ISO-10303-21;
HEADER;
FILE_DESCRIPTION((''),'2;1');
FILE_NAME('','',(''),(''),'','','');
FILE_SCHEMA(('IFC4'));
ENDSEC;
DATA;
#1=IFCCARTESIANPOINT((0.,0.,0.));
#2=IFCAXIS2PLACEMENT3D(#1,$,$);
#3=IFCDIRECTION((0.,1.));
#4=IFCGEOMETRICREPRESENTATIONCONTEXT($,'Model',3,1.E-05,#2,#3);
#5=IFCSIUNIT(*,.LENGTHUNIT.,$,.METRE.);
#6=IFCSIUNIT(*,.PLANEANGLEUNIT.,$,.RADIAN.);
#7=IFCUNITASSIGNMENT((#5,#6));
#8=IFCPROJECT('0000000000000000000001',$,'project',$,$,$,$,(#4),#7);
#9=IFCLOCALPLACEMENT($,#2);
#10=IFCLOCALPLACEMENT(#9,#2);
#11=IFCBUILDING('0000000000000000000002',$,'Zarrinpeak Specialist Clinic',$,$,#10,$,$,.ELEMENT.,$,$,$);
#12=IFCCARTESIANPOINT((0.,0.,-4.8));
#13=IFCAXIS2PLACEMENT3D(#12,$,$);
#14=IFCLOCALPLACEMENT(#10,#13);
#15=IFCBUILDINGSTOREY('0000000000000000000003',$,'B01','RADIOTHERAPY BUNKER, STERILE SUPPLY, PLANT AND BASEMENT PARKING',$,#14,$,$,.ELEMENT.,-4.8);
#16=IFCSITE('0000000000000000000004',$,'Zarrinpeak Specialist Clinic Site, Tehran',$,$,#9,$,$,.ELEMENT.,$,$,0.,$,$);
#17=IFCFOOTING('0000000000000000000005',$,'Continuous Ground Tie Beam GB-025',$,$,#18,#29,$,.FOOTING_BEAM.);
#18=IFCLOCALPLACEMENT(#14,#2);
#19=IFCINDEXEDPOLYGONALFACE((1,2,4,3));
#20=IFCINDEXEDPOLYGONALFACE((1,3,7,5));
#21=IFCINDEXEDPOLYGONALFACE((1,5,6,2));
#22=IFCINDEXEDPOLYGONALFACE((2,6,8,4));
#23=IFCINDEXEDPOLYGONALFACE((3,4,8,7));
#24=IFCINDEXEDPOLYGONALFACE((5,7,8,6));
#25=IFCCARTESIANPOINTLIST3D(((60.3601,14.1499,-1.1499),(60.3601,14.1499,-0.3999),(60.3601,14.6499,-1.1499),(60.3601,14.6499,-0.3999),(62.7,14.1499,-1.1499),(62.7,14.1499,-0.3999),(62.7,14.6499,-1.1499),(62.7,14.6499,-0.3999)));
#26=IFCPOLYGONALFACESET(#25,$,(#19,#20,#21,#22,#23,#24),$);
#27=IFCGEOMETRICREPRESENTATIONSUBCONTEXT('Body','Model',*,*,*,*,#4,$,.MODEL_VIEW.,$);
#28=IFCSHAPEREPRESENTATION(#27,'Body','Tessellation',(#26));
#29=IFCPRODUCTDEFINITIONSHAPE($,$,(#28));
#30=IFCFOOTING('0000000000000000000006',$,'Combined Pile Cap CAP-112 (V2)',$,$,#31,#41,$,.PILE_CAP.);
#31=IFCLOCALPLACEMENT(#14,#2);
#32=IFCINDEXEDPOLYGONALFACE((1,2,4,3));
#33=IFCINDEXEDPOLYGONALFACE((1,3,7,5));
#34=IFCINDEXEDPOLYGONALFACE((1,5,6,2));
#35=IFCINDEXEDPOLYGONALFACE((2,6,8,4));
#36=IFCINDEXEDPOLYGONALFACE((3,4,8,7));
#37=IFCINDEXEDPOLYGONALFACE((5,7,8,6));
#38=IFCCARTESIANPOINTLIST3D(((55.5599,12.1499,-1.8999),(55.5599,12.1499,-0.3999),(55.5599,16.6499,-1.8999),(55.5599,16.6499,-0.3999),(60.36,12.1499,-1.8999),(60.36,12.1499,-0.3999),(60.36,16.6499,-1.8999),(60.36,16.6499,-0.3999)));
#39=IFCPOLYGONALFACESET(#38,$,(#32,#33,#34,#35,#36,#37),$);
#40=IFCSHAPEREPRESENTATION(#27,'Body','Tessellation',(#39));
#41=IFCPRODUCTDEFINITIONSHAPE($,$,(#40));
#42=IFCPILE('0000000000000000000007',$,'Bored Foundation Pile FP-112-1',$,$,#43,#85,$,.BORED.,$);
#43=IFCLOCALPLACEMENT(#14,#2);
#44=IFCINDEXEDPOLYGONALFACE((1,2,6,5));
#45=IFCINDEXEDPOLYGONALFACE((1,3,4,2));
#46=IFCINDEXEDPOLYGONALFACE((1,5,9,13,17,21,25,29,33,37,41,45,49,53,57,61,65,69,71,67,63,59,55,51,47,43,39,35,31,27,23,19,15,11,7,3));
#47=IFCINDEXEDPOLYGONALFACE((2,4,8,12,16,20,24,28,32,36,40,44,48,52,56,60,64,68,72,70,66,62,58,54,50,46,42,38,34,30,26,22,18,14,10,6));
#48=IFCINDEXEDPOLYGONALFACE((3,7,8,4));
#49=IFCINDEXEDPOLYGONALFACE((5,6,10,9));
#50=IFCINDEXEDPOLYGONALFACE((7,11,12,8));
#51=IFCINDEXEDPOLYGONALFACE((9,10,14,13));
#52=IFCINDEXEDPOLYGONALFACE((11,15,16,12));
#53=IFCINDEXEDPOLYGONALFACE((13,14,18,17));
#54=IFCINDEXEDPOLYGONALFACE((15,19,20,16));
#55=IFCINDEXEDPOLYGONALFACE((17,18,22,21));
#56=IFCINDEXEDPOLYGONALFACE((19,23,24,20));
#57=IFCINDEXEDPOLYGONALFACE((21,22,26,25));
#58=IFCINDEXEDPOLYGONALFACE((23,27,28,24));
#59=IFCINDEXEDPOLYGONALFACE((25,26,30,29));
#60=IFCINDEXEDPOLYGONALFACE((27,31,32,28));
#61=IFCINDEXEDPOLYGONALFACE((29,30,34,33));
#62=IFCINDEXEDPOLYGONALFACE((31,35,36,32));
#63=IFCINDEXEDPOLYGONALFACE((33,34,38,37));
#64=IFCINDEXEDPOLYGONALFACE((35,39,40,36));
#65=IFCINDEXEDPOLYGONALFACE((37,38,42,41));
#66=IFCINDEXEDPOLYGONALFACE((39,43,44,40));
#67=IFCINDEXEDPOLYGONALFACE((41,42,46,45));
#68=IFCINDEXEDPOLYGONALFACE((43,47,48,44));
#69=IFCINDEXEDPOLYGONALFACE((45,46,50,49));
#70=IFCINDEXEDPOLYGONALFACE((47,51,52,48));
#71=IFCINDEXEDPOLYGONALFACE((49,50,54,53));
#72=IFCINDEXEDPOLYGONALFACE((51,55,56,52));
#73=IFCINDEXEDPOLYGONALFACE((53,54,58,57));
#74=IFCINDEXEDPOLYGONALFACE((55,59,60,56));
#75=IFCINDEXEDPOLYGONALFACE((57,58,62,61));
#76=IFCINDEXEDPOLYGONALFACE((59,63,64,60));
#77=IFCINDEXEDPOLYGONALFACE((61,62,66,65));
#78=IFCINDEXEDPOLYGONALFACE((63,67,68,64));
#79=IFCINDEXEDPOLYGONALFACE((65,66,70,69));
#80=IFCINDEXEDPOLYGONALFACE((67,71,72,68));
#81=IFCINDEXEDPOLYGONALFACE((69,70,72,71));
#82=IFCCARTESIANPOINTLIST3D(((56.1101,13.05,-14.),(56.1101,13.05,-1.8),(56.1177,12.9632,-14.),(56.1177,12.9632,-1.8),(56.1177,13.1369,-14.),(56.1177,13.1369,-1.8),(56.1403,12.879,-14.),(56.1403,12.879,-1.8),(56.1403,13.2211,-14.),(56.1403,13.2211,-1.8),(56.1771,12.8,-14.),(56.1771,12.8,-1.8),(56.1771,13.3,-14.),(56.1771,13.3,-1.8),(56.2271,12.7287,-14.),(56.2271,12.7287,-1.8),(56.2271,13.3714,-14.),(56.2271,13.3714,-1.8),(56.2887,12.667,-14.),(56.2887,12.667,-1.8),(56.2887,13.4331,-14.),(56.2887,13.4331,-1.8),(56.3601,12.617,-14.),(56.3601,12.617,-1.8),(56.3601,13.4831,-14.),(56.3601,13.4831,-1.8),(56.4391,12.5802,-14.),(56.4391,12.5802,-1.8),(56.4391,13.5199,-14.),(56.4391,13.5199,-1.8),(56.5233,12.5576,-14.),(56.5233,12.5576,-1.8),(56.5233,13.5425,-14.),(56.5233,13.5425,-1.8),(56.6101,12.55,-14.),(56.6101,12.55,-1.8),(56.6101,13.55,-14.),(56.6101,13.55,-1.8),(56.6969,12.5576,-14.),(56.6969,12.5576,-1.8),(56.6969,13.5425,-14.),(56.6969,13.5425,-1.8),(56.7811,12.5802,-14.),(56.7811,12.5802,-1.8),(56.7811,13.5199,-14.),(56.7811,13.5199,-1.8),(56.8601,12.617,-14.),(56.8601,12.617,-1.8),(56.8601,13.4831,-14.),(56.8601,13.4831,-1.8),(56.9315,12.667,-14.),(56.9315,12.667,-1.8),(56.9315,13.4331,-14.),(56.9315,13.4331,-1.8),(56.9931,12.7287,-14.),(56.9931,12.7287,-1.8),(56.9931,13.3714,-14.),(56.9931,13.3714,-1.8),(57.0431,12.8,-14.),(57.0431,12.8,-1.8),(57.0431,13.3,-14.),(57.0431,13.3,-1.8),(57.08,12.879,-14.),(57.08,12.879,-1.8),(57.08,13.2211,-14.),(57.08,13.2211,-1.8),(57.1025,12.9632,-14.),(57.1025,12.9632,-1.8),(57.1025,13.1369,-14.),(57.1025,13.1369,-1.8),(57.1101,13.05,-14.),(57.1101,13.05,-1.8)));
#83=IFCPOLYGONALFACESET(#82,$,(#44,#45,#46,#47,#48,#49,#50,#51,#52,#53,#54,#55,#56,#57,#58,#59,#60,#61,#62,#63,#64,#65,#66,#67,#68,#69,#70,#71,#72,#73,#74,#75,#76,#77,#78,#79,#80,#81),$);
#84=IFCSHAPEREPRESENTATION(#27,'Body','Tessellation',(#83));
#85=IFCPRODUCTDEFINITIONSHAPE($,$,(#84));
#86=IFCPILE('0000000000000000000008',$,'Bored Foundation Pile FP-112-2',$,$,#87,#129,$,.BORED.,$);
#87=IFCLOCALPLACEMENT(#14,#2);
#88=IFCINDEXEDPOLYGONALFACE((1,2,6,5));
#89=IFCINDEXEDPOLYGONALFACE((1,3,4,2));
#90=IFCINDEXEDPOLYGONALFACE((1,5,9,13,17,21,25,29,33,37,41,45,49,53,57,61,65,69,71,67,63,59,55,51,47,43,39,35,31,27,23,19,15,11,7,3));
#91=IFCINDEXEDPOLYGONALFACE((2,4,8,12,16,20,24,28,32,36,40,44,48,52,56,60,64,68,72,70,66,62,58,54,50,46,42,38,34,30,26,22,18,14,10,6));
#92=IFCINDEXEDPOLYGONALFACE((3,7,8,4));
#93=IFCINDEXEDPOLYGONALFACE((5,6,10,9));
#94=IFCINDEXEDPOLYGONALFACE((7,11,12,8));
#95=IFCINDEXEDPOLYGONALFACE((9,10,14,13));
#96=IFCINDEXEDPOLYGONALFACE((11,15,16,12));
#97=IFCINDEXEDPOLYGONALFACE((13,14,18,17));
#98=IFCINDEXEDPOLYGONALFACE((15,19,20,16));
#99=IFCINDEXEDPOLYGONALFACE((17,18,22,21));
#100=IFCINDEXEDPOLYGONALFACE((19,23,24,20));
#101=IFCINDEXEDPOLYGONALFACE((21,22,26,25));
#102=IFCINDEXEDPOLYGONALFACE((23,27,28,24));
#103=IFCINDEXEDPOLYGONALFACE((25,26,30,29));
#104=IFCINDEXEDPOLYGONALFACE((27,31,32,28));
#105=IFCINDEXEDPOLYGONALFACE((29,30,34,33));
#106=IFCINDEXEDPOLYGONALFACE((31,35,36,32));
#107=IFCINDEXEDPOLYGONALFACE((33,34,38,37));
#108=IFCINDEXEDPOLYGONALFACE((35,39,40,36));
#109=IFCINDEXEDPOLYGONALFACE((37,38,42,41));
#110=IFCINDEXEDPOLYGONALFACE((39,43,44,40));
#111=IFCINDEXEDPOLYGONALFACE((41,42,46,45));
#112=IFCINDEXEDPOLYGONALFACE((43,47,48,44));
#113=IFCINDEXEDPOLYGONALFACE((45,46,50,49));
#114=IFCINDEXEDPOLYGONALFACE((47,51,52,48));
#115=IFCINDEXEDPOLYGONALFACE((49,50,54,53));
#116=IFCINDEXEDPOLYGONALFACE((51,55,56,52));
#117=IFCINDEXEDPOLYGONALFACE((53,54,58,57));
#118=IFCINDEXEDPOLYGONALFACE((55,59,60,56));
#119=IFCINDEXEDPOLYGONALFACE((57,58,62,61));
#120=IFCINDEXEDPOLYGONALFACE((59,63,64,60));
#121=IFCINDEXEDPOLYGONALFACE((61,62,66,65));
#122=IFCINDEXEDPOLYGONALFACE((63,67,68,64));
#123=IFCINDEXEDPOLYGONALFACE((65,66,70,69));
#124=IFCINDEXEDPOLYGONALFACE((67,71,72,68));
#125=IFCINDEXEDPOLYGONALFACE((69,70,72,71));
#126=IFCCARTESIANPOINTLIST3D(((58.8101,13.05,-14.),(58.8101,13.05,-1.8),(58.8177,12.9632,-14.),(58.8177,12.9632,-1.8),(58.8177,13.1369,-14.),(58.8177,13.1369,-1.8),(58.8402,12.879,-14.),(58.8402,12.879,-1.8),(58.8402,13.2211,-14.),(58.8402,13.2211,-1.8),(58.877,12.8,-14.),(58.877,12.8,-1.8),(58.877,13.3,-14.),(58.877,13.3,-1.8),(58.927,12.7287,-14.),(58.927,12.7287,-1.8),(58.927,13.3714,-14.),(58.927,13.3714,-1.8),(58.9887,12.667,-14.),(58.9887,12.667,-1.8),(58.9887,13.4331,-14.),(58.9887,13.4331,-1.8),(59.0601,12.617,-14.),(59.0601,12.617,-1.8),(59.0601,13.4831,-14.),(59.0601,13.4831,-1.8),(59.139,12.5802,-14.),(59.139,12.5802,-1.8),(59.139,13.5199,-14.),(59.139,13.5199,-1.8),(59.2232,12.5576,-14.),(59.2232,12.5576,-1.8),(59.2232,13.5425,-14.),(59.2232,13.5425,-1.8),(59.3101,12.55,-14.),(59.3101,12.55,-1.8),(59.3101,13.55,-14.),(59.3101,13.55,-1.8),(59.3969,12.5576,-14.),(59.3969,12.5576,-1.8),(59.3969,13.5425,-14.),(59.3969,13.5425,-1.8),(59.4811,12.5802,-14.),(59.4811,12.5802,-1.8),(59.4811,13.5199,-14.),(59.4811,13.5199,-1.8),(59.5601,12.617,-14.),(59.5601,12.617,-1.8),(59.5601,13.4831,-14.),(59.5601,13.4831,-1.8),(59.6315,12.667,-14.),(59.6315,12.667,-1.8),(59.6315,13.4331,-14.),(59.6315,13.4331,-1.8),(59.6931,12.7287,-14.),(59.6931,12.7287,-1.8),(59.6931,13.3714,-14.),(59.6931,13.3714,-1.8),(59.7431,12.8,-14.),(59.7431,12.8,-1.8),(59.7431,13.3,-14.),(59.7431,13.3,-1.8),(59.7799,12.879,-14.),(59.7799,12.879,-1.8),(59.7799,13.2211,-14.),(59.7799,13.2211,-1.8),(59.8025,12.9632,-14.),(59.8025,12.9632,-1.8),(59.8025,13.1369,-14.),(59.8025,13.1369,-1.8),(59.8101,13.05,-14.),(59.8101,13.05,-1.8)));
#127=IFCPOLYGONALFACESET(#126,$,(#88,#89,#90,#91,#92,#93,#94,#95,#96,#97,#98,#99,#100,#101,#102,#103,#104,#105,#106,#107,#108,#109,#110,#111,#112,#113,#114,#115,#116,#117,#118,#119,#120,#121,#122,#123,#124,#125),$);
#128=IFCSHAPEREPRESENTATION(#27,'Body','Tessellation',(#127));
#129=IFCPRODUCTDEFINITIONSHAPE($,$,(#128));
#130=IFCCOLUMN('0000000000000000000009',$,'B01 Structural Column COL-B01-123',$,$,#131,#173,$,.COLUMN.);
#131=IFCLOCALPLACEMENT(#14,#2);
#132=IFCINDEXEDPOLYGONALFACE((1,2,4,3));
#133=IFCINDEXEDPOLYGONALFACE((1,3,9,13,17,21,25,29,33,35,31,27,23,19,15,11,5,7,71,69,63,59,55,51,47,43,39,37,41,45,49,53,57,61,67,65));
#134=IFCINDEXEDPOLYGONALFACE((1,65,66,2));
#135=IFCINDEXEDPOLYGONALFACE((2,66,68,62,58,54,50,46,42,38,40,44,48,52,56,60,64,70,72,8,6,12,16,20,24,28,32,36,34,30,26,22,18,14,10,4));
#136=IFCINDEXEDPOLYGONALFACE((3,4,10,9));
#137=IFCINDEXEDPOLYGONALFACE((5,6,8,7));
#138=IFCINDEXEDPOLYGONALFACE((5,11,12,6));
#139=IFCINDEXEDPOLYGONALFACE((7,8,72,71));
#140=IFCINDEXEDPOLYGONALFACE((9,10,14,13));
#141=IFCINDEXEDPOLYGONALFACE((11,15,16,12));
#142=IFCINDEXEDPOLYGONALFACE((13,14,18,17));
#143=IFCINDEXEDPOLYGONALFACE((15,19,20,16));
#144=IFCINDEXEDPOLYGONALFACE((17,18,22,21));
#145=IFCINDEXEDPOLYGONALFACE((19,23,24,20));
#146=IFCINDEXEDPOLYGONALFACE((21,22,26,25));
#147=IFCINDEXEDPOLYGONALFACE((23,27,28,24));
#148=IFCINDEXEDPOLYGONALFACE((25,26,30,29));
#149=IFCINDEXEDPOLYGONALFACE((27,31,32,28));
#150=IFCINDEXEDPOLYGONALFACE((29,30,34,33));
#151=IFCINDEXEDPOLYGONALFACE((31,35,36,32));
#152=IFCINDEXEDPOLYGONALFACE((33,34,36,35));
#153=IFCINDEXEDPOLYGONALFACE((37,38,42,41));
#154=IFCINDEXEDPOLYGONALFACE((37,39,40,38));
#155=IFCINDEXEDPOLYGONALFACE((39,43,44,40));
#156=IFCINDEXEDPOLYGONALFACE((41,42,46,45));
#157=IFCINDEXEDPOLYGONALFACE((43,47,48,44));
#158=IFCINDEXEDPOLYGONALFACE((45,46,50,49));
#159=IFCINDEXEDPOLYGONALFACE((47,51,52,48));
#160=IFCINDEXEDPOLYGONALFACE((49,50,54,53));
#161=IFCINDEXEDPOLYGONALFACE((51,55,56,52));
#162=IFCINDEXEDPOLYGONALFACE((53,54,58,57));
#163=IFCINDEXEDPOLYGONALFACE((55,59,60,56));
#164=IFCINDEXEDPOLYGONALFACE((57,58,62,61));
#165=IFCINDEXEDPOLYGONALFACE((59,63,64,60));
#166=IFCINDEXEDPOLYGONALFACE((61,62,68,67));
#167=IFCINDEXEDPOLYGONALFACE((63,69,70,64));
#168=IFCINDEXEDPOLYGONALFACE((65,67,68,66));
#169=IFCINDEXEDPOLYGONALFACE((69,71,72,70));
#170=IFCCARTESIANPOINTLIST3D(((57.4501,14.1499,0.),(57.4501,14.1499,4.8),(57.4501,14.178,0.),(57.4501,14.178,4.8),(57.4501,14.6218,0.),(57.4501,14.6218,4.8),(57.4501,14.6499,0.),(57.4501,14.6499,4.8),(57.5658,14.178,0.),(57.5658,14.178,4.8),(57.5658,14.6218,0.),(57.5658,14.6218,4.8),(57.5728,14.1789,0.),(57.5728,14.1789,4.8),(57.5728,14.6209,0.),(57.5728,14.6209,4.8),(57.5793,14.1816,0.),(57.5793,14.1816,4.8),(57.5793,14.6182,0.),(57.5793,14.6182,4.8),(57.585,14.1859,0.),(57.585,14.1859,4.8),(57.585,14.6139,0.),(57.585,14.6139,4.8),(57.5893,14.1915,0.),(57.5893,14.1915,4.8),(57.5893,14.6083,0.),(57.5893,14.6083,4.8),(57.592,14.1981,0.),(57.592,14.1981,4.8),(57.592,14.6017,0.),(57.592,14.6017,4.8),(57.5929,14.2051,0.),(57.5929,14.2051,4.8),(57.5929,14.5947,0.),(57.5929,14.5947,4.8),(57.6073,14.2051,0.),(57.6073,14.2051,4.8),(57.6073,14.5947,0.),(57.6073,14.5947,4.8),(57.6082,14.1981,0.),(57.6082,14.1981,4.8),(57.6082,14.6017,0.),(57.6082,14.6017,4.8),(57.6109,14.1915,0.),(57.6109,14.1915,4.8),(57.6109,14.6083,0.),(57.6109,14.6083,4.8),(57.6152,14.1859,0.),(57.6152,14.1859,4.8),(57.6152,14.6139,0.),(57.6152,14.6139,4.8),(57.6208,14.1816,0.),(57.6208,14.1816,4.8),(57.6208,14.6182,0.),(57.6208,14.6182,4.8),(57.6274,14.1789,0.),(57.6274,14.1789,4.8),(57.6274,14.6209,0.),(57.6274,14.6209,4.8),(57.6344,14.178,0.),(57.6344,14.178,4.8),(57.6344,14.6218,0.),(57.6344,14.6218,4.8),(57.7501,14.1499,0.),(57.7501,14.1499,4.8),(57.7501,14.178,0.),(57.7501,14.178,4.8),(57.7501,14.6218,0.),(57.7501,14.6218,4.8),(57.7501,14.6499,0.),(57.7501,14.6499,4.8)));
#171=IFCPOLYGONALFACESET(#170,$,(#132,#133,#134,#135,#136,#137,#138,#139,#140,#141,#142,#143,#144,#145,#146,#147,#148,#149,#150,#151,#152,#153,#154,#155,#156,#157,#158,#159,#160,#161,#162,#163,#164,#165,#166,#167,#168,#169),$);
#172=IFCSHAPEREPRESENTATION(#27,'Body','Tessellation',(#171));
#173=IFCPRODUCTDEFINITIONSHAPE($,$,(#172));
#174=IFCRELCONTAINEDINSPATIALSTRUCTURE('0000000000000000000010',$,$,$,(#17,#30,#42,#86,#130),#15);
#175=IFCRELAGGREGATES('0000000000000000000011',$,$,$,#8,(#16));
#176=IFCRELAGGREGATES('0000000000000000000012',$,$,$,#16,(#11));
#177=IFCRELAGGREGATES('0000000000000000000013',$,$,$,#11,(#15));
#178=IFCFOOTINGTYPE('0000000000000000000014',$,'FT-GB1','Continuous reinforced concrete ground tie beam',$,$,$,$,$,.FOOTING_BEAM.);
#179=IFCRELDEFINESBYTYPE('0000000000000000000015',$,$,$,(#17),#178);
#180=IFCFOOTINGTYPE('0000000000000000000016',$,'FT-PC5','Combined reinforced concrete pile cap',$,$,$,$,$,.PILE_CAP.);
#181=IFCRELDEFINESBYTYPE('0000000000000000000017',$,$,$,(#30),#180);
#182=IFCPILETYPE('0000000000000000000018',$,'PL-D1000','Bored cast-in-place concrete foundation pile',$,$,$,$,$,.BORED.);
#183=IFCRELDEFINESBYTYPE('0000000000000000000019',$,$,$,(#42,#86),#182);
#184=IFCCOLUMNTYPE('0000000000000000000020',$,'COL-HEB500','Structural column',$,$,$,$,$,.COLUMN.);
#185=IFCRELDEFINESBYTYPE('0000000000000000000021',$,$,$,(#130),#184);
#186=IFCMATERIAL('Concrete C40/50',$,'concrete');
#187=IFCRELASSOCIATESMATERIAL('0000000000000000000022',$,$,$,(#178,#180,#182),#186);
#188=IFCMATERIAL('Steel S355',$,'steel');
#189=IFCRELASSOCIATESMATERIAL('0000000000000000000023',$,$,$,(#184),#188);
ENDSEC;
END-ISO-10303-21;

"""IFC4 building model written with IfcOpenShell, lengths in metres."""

from ifc_helpers import new_model, si_unit, direction, frame, origin, origin_2d, place, context, subcontext, project, spatial, rectangle, circle, i_section, extrude, material, material_profile, profile_set, type_object, element, save


model = new_model("IFC4")

# Units and contexts
model_context = context("Model", 3, precision=1e-05, world=origin(), true_north=direction((0.0, 1.0)))
body_context = subcontext(model_context, "Body", "Model", "MODEL_VIEW")
ifc_project = project(units=[si_unit("LENGTHUNIT", "METRE"), si_unit("PLANEANGLEUNIT", "RADIAN")], contexts=[model_context])

# Site, building, storey
site_placement = place(None, origin())
site = spatial("IfcSite", under=ifc_project, at=site_placement, Name="Zarrinpeak Specialist Clinic Site, Tehran", CompositionType="ELEMENT", RefElevation=0.0)
building_placement = place(site_placement, origin())
building = spatial("IfcBuilding", under=site, at=building_placement, Name="Zarrinpeak Specialist Clinic", CompositionType="ELEMENT")
storey_placement = place(building_placement, frame((0.0, 0.0, -4.8)))
storey = spatial("IfcBuildingStorey", under=building, at=storey_placement, Name="B01", Description="RADIOTHERAPY BUNKER, STERILE SUPPLY, PLANT AND BASEMENT PARKING", CompositionType="ELEMENT", Elevation=-4.8)

# Footings
ifc_material_1 = material(Name="Concrete C40/50", Category="concrete")
ifc_material_profile_1 = material_profile(ifc_material_1, rectangle(XDim=0.5, YDim=0.75, at=origin_2d()), Name="RC 500x750")
ifc_profile_set_1 = profile_set([ifc_material_profile_1], Name="Concrete C40/50")
footing_type_1 = type_object("IfcFootingType", Name="FT-GB1", Description="Continuous reinforced concrete ground tie beam", PredefinedType="FOOTING_BEAM", material=ifc_profile_set_1)
footing_1_placement = place(storey_placement, frame((60.3601, 14.3999, -0.7749), z_axis=(1.0, 0.0, 0.0), x_axis=(0.0, 1.0, 0.0)))
element("IfcFooting", 1, at=footing_1_placement, inside=storey, type_object=footing_type_1, Name="Continuous Ground Tie Beam GB-025", PredefinedType="FOOTING_BEAM", context=body_context, shape_type="SweptSolid", body=[
    extrude(rectangle(XDim=0.5, YDim=0.75, at=origin_2d()), origin(), (0.0, 0.0, 1.0), 2.3398),
])
footing_type_2 = type_object("IfcFootingType", Name="FT-PC5", Description="Combined reinforced concrete pile cap", PredefinedType="PILE_CAP", material=ifc_material_1)
footing_2_placement = place(storey_placement, frame((57.96, 14.3999, -1.8999), z_axis=(0.0, 0.0, 1.0), x_axis=(1.0, 0.0, 0.0)))
element("IfcFooting", 2, at=footing_2_placement, inside=storey, type_object=footing_type_2, Name="Combined Pile Cap CAP-112 (V2)", PredefinedType="PILE_CAP", context=body_context, shape_type="SweptSolid", body=[
    extrude(rectangle(XDim=4.8, YDim=4.5, at=origin_2d()), origin(), (0.0, 0.0, 1.0), 1.5),
])

# Piles
ifc_material_profile_2 = material_profile(ifc_material_1, circle(Radius=0.5, at=origin_2d()), Name="BORED PILE D1000")
ifc_profile_set_2 = profile_set([ifc_material_profile_2], Name="Concrete C40/50")
pile_type = type_object("IfcPileType", Name="PL-D1000", Description="Bored cast-in-place concrete foundation pile", PredefinedType="BORED", material=ifc_profile_set_2)
for number, where, z_axis, x_axis, name in (
    (3, (56.6101, 13.05, -1.8), (0.0, 0.0, -1.0), (1.0, 0.0, 0.0), "Bored Foundation Pile FP-112-1"),
    (4, (59.3101, 13.05, -1.8), (0.0, 0.0, -1.0), (1.0, 0.0, 0.0), "Bored Foundation Pile FP-112-2"),
):
    element("IfcPile", number, at=place(storey_placement, frame(where, z_axis=z_axis, x_axis=x_axis)), inside=storey, type_object=pile_type, Name=name, PredefinedType="BORED", context=body_context, shape_type="SweptSolid", body=[
        extrude(circle(Radius=0.5, at=origin_2d()), origin(), (0.0, 0.0, 1.0), 12.2),
    ])

# Column
ifc_material_2 = material(Name="Steel S355", Category="steel")
ifc_material_profile_3 = material_profile(ifc_material_2, i_section(OverallWidth=0.3, OverallDepth=0.5, WebThickness=0.0144, FlangeThickness=0.0281, FilletRadius=0.0271, at=origin_2d()), Name="HEB 500")
ifc_profile_set_3 = profile_set([ifc_material_profile_3], Name="Steel S355")
column_type = type_object("IfcColumnType", Name="COL-HEB500", Description="Structural column", PredefinedType="COLUMN", material=ifc_profile_set_3)
for number, where, z_axis, x_axis, name in (
    (5, (57.6001, 14.3999, 0.0), (0.0, 0.0, 1.0), (1.0, 0.0, 0.0), "B01 Structural Column COL-B01-123"),
):
    element("IfcColumn", number, at=place(storey_placement, frame(where, z_axis=z_axis, x_axis=x_axis)), inside=storey, type_object=column_type, Name=name, PredefinedType="COLUMN", context=body_context, shape_type="SweptSolid", body=[
        extrude(i_section(OverallWidth=0.3, OverallDepth=0.5, WebThickness=0.0144, FlangeThickness=0.0281, FilletRadius=0.0271, at=origin_2d()), origin(), (0.0, 0.0, 1.0), 4.8),
    ])

save(model, "model.ifc")
